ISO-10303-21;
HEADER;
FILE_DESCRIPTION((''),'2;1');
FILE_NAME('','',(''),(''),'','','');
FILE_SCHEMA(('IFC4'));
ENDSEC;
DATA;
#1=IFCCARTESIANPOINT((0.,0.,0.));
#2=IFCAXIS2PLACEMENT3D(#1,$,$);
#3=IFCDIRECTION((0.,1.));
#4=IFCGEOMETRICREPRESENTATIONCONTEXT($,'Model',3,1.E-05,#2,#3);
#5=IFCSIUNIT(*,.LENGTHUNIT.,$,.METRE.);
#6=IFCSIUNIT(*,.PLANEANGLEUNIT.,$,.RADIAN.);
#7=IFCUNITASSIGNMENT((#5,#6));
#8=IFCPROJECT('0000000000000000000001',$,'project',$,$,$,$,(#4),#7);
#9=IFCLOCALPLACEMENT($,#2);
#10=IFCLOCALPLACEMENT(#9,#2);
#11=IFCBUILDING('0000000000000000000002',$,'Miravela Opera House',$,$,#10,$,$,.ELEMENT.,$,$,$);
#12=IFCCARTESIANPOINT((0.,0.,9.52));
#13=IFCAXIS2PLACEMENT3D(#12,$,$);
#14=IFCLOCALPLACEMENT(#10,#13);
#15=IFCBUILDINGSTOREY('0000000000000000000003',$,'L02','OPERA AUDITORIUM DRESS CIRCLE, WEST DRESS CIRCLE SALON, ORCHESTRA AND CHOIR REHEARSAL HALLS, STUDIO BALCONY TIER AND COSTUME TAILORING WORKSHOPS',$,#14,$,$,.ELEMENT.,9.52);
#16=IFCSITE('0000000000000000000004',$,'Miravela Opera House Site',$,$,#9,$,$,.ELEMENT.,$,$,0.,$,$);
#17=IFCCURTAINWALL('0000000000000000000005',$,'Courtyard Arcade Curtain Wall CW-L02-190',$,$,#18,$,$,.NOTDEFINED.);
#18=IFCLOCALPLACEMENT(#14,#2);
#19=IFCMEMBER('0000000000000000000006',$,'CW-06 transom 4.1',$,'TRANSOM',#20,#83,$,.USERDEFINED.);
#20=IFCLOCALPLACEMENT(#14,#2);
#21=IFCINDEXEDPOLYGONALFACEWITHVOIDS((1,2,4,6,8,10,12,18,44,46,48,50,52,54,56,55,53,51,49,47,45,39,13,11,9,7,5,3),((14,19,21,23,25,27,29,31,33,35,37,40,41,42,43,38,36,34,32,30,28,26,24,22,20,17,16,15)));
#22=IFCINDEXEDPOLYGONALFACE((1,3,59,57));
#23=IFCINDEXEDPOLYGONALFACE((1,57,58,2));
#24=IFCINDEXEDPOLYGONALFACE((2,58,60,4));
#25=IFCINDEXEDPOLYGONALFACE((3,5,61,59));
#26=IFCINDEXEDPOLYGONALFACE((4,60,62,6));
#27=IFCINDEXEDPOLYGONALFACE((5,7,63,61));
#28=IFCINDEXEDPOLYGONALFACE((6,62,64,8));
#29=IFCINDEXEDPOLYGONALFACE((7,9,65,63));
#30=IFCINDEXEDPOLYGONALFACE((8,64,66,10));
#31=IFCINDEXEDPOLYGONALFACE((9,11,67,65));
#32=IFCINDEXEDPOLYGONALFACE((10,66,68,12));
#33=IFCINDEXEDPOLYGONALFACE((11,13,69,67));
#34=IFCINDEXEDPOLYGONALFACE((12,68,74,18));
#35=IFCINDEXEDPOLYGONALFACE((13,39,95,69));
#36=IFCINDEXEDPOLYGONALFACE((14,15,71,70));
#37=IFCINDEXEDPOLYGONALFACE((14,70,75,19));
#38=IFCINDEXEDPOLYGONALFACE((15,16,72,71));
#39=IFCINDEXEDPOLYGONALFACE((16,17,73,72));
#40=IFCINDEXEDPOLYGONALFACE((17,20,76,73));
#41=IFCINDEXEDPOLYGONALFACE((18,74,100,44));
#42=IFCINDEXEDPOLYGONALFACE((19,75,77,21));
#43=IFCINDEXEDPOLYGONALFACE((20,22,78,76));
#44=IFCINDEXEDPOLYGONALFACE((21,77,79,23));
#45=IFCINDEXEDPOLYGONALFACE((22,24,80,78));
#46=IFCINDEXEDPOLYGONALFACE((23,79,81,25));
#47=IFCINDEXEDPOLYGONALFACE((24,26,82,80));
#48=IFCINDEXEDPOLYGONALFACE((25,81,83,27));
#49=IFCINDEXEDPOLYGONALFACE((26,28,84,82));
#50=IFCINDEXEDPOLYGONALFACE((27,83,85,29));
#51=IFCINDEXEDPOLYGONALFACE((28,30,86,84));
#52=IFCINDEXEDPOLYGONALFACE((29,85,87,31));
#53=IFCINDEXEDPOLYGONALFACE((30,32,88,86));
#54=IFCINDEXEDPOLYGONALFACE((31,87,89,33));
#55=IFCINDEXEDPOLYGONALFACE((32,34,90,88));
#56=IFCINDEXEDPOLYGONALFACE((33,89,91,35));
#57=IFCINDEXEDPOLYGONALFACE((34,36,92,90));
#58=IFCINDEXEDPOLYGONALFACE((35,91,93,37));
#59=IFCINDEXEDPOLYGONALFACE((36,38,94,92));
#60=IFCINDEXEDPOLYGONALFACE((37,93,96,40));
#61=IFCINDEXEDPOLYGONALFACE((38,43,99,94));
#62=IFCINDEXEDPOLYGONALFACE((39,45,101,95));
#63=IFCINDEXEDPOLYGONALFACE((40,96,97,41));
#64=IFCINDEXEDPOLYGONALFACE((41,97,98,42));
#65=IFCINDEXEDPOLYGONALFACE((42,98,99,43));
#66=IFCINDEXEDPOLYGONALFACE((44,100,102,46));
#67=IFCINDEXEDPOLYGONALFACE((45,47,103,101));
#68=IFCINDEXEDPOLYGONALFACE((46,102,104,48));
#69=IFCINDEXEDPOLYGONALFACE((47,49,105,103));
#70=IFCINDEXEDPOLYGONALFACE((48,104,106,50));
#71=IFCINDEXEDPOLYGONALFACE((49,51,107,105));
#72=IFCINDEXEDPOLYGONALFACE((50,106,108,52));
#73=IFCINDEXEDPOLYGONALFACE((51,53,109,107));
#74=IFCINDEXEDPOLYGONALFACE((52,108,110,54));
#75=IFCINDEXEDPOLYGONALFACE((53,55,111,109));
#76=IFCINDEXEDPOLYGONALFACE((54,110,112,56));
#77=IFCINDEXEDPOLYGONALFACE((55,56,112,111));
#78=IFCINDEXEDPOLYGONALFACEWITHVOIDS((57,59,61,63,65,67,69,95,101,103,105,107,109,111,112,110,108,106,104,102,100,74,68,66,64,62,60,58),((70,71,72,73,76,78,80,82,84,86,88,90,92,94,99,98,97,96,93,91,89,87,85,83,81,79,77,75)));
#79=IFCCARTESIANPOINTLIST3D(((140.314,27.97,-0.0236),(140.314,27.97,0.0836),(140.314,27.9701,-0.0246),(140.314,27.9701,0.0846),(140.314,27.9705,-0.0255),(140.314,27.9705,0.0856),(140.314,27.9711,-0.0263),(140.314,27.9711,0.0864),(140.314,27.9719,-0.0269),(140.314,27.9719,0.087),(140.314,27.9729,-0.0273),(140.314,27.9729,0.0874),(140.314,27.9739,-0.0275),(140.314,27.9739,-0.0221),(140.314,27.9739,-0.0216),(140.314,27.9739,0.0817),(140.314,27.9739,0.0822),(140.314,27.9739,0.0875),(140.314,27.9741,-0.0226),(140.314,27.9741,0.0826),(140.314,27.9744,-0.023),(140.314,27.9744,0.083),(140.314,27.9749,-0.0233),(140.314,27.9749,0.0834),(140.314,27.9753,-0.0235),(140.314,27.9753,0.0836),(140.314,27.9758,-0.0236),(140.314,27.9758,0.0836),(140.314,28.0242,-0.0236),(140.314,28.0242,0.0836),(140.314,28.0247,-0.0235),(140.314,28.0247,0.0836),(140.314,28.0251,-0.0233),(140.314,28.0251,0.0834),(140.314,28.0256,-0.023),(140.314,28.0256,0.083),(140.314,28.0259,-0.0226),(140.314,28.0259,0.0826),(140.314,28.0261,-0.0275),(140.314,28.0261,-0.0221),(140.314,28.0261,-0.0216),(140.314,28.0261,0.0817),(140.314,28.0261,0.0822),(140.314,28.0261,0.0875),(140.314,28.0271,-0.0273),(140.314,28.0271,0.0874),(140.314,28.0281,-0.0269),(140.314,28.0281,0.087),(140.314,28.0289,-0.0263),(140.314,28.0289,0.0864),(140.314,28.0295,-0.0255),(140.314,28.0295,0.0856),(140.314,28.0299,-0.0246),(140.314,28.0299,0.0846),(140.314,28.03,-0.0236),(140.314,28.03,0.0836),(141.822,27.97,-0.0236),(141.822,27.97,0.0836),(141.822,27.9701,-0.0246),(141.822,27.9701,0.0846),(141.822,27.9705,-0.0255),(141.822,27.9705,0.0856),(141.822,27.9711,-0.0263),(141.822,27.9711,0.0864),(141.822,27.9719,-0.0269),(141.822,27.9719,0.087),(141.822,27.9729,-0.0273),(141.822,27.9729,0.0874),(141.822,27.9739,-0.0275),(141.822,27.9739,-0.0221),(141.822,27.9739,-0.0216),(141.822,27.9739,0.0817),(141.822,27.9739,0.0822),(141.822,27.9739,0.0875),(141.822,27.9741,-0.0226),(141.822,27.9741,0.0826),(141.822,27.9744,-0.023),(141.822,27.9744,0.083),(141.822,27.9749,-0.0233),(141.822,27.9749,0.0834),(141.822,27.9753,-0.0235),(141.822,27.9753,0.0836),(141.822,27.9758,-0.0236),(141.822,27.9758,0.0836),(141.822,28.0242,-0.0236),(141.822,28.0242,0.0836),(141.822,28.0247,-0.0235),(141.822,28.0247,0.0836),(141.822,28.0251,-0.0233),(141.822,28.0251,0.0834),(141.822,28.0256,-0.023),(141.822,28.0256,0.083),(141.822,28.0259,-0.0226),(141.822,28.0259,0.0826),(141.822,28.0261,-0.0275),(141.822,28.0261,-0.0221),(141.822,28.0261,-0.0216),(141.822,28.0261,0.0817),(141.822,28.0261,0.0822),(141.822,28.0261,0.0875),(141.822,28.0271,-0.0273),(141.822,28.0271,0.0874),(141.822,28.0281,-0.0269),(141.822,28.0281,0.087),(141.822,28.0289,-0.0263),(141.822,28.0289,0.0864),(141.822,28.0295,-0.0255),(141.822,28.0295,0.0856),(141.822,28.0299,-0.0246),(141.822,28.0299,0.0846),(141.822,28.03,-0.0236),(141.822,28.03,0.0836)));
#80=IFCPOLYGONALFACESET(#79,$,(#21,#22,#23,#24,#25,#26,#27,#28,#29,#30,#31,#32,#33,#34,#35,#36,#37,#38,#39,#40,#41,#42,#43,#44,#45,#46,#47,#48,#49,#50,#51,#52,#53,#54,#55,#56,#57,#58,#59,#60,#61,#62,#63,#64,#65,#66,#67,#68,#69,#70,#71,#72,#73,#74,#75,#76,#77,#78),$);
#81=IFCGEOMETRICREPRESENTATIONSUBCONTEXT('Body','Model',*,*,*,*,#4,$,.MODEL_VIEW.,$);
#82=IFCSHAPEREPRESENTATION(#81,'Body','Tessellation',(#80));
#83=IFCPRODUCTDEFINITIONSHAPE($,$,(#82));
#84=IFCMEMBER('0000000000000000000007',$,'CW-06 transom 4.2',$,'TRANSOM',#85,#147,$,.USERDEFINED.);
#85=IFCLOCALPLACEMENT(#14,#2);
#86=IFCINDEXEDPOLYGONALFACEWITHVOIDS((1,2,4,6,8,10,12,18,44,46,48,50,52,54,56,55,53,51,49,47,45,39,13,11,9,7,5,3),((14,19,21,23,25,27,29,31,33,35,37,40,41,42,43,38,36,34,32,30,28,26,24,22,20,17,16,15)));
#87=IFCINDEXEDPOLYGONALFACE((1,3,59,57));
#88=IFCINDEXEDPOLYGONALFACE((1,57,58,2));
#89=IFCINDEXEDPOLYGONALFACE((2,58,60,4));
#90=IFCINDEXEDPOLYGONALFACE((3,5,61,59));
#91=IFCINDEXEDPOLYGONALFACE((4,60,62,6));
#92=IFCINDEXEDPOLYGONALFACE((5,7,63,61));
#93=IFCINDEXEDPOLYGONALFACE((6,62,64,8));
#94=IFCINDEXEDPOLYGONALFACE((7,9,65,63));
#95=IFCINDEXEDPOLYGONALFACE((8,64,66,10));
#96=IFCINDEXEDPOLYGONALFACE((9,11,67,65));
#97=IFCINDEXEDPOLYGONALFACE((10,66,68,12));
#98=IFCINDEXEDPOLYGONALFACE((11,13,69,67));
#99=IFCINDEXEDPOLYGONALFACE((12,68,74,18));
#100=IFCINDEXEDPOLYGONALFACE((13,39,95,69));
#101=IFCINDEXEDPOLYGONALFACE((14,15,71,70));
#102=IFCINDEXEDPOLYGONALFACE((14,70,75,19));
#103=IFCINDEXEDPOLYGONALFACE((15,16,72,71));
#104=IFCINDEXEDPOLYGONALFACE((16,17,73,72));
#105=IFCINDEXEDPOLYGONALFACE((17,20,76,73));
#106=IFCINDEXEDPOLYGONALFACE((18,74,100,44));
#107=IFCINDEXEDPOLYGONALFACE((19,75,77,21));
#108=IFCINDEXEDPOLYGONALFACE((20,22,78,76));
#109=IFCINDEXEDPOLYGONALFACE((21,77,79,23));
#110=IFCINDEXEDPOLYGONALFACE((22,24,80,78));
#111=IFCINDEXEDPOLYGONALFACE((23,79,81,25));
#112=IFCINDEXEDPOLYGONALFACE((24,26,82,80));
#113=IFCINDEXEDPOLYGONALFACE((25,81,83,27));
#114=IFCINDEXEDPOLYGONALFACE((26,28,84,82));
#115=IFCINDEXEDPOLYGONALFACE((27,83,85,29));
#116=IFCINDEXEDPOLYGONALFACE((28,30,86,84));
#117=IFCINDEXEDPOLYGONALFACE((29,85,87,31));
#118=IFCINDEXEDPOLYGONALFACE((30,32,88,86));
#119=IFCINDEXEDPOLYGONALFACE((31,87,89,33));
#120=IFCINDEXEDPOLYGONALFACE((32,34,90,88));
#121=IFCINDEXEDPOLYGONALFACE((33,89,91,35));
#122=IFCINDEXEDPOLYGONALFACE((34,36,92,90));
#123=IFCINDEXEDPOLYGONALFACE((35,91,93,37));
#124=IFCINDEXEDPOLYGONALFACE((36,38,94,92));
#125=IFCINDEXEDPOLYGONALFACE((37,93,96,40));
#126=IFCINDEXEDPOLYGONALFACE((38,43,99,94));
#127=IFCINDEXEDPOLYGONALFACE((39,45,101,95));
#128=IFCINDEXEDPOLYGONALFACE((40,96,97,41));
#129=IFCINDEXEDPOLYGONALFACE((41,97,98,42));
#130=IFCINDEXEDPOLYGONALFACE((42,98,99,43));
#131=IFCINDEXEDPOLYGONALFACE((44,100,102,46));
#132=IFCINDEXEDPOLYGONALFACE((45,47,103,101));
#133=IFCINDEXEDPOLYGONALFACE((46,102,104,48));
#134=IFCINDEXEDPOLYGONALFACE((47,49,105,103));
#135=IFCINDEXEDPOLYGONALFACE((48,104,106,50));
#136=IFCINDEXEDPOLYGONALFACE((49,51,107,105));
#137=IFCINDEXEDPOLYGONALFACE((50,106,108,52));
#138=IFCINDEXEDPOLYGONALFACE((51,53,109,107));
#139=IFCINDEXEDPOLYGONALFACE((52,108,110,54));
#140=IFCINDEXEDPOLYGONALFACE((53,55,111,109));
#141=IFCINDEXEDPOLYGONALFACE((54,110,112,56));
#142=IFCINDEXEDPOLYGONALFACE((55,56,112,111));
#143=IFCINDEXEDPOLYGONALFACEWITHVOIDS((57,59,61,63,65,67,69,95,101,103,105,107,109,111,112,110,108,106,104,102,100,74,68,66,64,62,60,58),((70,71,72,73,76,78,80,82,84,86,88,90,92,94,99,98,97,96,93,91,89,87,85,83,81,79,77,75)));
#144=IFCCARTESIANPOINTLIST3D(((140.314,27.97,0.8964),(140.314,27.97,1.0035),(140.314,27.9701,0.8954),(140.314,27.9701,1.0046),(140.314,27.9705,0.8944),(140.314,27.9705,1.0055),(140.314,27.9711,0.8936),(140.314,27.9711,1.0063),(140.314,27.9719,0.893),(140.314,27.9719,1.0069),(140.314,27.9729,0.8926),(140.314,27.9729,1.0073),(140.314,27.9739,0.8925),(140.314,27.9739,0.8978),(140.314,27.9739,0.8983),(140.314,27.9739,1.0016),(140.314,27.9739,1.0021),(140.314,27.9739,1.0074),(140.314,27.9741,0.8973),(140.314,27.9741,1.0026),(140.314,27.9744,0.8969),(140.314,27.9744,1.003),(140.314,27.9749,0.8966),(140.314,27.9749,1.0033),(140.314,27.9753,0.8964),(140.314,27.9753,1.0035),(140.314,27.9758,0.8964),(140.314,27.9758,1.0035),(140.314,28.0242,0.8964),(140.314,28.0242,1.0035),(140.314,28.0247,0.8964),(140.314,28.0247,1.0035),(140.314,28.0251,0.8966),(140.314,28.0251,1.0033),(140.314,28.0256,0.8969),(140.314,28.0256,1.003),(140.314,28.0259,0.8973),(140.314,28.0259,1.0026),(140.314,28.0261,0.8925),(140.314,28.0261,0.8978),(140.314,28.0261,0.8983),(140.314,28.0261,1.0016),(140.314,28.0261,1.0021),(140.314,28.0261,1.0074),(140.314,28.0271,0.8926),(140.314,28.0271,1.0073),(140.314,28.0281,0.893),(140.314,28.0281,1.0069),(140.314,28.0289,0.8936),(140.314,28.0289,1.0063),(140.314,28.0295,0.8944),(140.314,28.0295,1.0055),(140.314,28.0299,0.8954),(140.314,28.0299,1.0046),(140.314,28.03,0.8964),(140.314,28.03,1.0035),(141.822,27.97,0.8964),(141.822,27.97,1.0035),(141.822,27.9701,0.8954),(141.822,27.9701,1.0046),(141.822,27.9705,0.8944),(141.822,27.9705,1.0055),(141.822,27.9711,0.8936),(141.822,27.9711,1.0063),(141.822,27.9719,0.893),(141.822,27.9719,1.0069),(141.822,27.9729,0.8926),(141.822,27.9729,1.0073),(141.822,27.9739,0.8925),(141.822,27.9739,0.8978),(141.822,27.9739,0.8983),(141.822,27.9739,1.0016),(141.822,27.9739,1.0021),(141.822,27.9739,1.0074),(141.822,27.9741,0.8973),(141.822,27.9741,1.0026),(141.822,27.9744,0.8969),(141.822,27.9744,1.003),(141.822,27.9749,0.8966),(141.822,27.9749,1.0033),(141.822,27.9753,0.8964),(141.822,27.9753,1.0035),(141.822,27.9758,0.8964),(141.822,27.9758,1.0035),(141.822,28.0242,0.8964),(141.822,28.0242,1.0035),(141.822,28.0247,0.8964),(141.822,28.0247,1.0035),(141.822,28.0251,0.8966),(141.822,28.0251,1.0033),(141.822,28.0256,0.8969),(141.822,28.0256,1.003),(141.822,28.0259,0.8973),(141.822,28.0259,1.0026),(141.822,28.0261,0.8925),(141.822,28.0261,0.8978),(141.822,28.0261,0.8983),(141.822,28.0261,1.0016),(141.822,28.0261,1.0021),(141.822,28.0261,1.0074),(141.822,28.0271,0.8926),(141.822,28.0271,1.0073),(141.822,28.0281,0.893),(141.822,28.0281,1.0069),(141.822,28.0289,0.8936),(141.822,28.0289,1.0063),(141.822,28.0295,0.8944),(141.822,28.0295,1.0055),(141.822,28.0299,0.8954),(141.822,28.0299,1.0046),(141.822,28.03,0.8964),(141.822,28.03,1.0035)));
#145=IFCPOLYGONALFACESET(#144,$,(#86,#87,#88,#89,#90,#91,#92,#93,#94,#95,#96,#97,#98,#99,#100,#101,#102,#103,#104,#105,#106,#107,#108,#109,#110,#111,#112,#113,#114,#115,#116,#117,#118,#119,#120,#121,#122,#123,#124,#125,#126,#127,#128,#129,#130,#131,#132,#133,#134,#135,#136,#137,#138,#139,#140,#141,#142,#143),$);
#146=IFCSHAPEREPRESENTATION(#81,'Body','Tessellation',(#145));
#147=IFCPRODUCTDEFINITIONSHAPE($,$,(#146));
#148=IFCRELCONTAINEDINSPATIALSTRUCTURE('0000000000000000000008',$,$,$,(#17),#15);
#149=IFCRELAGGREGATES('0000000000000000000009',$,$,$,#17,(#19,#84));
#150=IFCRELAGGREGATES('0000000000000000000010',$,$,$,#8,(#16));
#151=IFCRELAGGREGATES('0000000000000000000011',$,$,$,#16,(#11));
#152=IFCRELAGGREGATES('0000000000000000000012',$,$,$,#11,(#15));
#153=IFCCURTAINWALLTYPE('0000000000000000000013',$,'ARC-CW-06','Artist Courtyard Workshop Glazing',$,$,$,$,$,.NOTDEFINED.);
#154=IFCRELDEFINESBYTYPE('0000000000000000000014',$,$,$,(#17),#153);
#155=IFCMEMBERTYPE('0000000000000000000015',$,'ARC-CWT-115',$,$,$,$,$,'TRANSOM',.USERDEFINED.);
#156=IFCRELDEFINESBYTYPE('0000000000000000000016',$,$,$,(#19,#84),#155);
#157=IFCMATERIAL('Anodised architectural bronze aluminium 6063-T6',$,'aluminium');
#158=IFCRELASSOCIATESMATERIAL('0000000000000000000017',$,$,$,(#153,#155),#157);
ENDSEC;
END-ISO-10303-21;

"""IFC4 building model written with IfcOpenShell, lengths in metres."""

from ifc_helpers import new_model, si_unit, direction, frame, origin, origin_2d, place, context, subcontext, project, spatial, hollow_rectangle, extrude, material, material_profile, profile_set, type_object, element, aggregate, save


model = new_model("IFC4")

# Units and contexts
model_context = context("Model", 3, precision=1e-05, world=origin(), true_north=direction((0.0, 1.0)))
body_context = subcontext(model_context, "Body", "Model", "MODEL_VIEW")
ifc_project = project(units=[si_unit("LENGTHUNIT", "METRE"), si_unit("PLANEANGLEUNIT", "RADIAN")], contexts=[model_context])

# Site, building, storey
site_placement = place(None, origin())
site = spatial("IfcSite", under=ifc_project, at=site_placement, Name="Miravela Opera House Site", CompositionType="ELEMENT", RefElevation=0.0)
building_placement = place(site_placement, origin())
building = spatial("IfcBuilding", under=site, at=building_placement, Name="Miravela Opera House", CompositionType="ELEMENT")
storey_placement = place(building_placement, frame((0.0, 0.0, 9.52)))
storey = spatial("IfcBuildingStorey", under=building, at=storey_placement, Name="L02", Description="OPERA AUDITORIUM DRESS CIRCLE, WEST DRESS CIRCLE SALON, ORCHESTRA AND CHOIR REHEARSAL HALLS, STUDIO BALCONY TIER AND COSTUME TAILORING WORKSHOPS", CompositionType="ELEMENT", Elevation=9.52)

# Curtain wall, members
ifc_material_1 = material(Name="Anodised architectural bronze aluminium 6063-T6", Category="aluminium")
curtain_wall_type = type_object("IfcCurtainWallType", Name="ARC-CW-06", Description="Artist Courtyard Workshop Glazing", PredefinedType="NOTDEFINED", material=ifc_material_1)
curtain_wall_placement = place(storey_placement, origin())
curtain_wall = element("IfcCurtainWall", 1, at=curtain_wall_placement, inside=storey, type_object=curtain_wall_type, Name="Courtyard Arcade Curtain Wall CW-L02-190", PredefinedType="NOTDEFINED")
ifc_material_profile_1 = material_profile(ifc_material_1, hollow_rectangle(XDim=0.0601, YDim=0.115, WallThickness=0.0039, InnerFilletRadius=0.002, OuterFilletRadius=0.0039, at=origin_2d()), Name="CWT-60X115")
ifc_profile_set_1 = profile_set([ifc_material_profile_1])
member_type_1 = type_object("IfcMemberType", Name="ARC-CWT-115", ElementType="TRANSOM", PredefinedType="USERDEFINED", material=ifc_profile_set_1)
member_1_placement = place(storey_placement, frame((140.314, 28.0, 0.03), z_axis=(1.0, 0.0, 0.0), x_axis=(0.0, 1.0, 0.0)))
member_1 = element("IfcMember", 2, at=member_1_placement, type_object=member_type_1, Name="CW-06 transom 4.1", ObjectType="TRANSOM", PredefinedType="USERDEFINED", context=body_context, shape_type="SweptSolid", body=[
    extrude(hollow_rectangle(XDim=0.0601, YDim=0.115, WallThickness=0.0039, InnerFilletRadius=0.002, OuterFilletRadius=0.0039, at=origin_2d()), origin(), (0.0, 0.0, 1.0), 1.5081),
])
member_2_placement = place(storey_placement, frame((140.314, 28.0, 0.95), z_axis=(1.0, 0.0, 0.0), x_axis=(0.0, 1.0, 0.0)))
member_2 = element("IfcMember", 3, at=member_2_placement, type_object=member_type_1, Name="CW-06 transom 4.2", ObjectType="TRANSOM", PredefinedType="USERDEFINED", context=body_context, shape_type="SweptSolid", body=[
    extrude(hollow_rectangle(XDim=0.0601, YDim=0.115, WallThickness=0.0039, InnerFilletRadius=0.002, OuterFilletRadius=0.0039, at=origin_2d()), origin(), (0.0, 0.0, 1.0), 1.5081),
])

aggregate(curtain_wall, [member_1, member_2])

save(model, "model.ifc")
